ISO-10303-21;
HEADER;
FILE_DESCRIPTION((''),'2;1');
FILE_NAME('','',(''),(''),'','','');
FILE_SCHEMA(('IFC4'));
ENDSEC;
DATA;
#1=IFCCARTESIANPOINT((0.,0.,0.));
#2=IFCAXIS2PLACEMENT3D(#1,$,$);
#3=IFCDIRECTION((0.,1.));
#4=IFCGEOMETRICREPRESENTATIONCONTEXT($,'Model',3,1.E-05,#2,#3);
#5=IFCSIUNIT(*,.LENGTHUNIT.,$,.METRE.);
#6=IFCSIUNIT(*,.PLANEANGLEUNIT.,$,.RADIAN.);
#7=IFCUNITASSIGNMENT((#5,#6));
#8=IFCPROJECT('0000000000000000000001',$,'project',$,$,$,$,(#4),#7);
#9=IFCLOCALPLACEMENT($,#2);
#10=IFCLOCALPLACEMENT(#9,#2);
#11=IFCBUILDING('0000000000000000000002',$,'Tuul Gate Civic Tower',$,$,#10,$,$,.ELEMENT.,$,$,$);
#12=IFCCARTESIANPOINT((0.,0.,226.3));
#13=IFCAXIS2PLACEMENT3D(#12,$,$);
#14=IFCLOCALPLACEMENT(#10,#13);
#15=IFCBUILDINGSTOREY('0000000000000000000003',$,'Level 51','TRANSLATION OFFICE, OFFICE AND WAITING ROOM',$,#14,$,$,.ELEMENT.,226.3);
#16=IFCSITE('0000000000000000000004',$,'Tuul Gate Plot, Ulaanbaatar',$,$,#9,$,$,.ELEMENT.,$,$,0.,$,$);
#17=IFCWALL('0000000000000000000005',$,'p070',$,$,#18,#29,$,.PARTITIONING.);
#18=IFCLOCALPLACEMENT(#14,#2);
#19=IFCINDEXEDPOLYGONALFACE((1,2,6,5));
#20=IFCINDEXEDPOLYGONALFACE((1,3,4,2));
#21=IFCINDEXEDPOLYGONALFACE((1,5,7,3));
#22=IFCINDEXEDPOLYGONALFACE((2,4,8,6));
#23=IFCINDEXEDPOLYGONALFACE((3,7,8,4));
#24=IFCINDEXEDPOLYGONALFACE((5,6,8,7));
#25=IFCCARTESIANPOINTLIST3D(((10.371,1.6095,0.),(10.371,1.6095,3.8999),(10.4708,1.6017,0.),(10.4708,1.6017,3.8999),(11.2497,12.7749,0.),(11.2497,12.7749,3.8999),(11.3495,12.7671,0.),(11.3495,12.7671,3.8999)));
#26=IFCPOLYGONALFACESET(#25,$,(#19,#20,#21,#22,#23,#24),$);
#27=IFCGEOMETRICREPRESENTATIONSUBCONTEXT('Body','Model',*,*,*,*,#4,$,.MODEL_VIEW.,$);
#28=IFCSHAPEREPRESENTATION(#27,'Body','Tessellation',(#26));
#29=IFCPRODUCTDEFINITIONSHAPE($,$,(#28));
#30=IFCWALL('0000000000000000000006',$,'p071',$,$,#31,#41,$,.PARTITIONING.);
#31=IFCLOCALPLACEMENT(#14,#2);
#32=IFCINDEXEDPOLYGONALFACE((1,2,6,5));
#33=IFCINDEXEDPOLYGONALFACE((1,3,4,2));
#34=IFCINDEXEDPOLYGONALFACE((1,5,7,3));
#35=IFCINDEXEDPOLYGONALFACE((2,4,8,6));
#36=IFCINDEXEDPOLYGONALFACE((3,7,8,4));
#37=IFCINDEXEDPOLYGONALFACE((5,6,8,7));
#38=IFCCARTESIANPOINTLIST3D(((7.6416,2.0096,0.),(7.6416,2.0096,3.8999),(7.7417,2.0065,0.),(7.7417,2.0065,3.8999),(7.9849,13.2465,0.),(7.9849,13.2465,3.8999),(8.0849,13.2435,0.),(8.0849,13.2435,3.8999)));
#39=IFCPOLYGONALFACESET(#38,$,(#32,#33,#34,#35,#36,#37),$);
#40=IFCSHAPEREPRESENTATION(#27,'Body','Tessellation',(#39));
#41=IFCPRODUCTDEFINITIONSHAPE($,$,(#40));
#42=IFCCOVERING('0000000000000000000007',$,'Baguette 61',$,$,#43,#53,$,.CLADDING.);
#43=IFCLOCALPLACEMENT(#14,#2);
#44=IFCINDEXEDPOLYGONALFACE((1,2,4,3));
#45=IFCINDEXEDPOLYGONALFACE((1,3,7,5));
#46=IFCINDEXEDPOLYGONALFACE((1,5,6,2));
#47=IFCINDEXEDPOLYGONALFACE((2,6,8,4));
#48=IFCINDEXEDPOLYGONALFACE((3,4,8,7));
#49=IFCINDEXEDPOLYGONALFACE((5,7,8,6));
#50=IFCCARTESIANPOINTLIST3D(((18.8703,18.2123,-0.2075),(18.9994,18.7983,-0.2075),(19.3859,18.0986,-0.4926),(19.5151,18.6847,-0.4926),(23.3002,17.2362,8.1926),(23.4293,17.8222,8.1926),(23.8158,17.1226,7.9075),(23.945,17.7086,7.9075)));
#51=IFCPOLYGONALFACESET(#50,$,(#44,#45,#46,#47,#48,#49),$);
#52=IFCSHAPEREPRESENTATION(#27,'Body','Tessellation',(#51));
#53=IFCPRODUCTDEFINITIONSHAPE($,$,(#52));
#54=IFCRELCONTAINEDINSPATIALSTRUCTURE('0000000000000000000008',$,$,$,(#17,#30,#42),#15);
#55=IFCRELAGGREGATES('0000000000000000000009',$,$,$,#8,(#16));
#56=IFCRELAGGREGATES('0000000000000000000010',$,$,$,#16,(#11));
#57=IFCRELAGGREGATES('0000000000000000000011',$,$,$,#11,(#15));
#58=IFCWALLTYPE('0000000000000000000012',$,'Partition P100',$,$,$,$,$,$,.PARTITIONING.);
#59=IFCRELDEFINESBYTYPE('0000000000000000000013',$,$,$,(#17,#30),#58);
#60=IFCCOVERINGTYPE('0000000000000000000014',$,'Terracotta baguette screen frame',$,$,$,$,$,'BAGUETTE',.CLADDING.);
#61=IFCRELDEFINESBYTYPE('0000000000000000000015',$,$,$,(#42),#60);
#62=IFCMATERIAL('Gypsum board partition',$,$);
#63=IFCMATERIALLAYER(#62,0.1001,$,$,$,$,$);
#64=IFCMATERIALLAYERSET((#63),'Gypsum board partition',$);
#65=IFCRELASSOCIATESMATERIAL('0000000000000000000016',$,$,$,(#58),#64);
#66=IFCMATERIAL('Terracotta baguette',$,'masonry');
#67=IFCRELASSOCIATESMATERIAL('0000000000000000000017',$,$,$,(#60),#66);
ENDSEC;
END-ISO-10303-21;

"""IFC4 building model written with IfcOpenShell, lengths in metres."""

from ifc_helpers import new_model, si_unit, direction, frame, frame_2d, origin, origin_2d, place, context, subcontext, project, spatial, rectangle, extrude, material, layer, layer_set, material_profile, profile_set, type_object, element, save


model = new_model("IFC4")

# Units and contexts
model_context = context("Model", 3, precision=1e-05, world=origin(), true_north=direction((0.0, 1.0)))
body_context = subcontext(model_context, "Body", "Model", "MODEL_VIEW")
ifc_project = project(units=[si_unit("LENGTHUNIT", "METRE"), si_unit("PLANEANGLEUNIT", "RADIAN")], contexts=[model_context])

# Site, building, storey
site_placement = place(None, origin())
site = spatial("IfcSite", under=ifc_project, at=site_placement, Name="Tuul Gate Plot, Ulaanbaatar", CompositionType="ELEMENT", RefElevation=0.0)
building_placement = place(site_placement, origin())
building = spatial("IfcBuilding", under=site, at=building_placement, Name="Tuul Gate Civic Tower", CompositionType="ELEMENT")
storey_placement = place(building_placement, frame((0.0, 0.0, 226.3)))
storey = spatial("IfcBuildingStorey", under=building, at=storey_placement, Name="Level 51", Description="TRANSLATION OFFICE, OFFICE AND WAITING ROOM", CompositionType="ELEMENT", Elevation=226.3)

# Walls
ifc_material_1 = material(Name="Gypsum board partition")
ifc_layer_1 = layer(ifc_material_1, 0.1001)
ifc_layer_set_1 = layer_set([ifc_layer_1], Name="Gypsum board partition")
wall_type_1 = type_object("IfcWallType", Name="Partition P100", PredefinedType="PARTITIONING", material=ifc_layer_set_1)
wall_1_placement = place(storey_placement, frame((10.4209, 1.6055, 0.0), z_axis=(0.0, 0.0, 1.0), x_axis=(0.078452, 0.996918, 0.0)))
element("IfcWall", 1, at=wall_1_placement, inside=storey, type_object=wall_type_1, Name="p070", PredefinedType="PARTITIONING", context=body_context, shape_type="SweptSolid", body=[
    extrude(rectangle(XDim=11.2, YDim=0.1001, at=frame_2d((5.6001, 0.0))), origin(), (0.0, 0.0, 1.0), 3.8999),
])
wall_2_placement = place(storey_placement, frame((7.6917, 2.0081, 0.0), z_axis=(0.0, 0.0, 1.0), x_axis=(0.030533, 0.999534, 0.0)))
element("IfcWall", 2, at=wall_2_placement, inside=storey, type_object=wall_type_1, Name="p071", PredefinedType="PARTITIONING", context=body_context, shape_type="SweptSolid", body=[
    extrude(rectangle(XDim=11.2422, YDim=0.1001, at=frame_2d((5.6211, 0.0))), origin(), (0.0, 0.0, 1.0), 3.8999),
])

# Covering
ifc_material_2 = material(Name="Terracotta baguette", Category="masonry")
ifc_material_profile_1 = material_profile(ifc_material_2, rectangle(XDim=0.6001, YDim=0.6001, at=origin_2d()), Name="Terracotta baguette screen frame")
ifc_profile_set_1 = profile_set([ifc_material_profile_1], Name="Terracotta baguette")
covering_type = type_object("IfcCoveringType", Name="Terracotta baguette screen frame", ElementType="BAGUETTE", PredefinedType="CLADDING", material=ifc_profile_set_1)
covering_placement = place(storey_placement, frame((23.6226, 17.4724, 8.05), z_axis=(-0.464028, 0.102242, -0.879901), x_axis=(-0.215175, -0.976576, 0.0)))
element("IfcCovering", 3, at=covering_placement, inside=storey, type_object=covering_type, Name="Baguette 61", PredefinedType="CLADDING", context=body_context, shape_type="SweptSolid", body=[
    extrude(rectangle(XDim=0.6001, YDim=0.6001, at=origin_2d()), origin(), (0.0, 0.0, 1.0), 9.5466),
])

save(model, "model.ifc")
